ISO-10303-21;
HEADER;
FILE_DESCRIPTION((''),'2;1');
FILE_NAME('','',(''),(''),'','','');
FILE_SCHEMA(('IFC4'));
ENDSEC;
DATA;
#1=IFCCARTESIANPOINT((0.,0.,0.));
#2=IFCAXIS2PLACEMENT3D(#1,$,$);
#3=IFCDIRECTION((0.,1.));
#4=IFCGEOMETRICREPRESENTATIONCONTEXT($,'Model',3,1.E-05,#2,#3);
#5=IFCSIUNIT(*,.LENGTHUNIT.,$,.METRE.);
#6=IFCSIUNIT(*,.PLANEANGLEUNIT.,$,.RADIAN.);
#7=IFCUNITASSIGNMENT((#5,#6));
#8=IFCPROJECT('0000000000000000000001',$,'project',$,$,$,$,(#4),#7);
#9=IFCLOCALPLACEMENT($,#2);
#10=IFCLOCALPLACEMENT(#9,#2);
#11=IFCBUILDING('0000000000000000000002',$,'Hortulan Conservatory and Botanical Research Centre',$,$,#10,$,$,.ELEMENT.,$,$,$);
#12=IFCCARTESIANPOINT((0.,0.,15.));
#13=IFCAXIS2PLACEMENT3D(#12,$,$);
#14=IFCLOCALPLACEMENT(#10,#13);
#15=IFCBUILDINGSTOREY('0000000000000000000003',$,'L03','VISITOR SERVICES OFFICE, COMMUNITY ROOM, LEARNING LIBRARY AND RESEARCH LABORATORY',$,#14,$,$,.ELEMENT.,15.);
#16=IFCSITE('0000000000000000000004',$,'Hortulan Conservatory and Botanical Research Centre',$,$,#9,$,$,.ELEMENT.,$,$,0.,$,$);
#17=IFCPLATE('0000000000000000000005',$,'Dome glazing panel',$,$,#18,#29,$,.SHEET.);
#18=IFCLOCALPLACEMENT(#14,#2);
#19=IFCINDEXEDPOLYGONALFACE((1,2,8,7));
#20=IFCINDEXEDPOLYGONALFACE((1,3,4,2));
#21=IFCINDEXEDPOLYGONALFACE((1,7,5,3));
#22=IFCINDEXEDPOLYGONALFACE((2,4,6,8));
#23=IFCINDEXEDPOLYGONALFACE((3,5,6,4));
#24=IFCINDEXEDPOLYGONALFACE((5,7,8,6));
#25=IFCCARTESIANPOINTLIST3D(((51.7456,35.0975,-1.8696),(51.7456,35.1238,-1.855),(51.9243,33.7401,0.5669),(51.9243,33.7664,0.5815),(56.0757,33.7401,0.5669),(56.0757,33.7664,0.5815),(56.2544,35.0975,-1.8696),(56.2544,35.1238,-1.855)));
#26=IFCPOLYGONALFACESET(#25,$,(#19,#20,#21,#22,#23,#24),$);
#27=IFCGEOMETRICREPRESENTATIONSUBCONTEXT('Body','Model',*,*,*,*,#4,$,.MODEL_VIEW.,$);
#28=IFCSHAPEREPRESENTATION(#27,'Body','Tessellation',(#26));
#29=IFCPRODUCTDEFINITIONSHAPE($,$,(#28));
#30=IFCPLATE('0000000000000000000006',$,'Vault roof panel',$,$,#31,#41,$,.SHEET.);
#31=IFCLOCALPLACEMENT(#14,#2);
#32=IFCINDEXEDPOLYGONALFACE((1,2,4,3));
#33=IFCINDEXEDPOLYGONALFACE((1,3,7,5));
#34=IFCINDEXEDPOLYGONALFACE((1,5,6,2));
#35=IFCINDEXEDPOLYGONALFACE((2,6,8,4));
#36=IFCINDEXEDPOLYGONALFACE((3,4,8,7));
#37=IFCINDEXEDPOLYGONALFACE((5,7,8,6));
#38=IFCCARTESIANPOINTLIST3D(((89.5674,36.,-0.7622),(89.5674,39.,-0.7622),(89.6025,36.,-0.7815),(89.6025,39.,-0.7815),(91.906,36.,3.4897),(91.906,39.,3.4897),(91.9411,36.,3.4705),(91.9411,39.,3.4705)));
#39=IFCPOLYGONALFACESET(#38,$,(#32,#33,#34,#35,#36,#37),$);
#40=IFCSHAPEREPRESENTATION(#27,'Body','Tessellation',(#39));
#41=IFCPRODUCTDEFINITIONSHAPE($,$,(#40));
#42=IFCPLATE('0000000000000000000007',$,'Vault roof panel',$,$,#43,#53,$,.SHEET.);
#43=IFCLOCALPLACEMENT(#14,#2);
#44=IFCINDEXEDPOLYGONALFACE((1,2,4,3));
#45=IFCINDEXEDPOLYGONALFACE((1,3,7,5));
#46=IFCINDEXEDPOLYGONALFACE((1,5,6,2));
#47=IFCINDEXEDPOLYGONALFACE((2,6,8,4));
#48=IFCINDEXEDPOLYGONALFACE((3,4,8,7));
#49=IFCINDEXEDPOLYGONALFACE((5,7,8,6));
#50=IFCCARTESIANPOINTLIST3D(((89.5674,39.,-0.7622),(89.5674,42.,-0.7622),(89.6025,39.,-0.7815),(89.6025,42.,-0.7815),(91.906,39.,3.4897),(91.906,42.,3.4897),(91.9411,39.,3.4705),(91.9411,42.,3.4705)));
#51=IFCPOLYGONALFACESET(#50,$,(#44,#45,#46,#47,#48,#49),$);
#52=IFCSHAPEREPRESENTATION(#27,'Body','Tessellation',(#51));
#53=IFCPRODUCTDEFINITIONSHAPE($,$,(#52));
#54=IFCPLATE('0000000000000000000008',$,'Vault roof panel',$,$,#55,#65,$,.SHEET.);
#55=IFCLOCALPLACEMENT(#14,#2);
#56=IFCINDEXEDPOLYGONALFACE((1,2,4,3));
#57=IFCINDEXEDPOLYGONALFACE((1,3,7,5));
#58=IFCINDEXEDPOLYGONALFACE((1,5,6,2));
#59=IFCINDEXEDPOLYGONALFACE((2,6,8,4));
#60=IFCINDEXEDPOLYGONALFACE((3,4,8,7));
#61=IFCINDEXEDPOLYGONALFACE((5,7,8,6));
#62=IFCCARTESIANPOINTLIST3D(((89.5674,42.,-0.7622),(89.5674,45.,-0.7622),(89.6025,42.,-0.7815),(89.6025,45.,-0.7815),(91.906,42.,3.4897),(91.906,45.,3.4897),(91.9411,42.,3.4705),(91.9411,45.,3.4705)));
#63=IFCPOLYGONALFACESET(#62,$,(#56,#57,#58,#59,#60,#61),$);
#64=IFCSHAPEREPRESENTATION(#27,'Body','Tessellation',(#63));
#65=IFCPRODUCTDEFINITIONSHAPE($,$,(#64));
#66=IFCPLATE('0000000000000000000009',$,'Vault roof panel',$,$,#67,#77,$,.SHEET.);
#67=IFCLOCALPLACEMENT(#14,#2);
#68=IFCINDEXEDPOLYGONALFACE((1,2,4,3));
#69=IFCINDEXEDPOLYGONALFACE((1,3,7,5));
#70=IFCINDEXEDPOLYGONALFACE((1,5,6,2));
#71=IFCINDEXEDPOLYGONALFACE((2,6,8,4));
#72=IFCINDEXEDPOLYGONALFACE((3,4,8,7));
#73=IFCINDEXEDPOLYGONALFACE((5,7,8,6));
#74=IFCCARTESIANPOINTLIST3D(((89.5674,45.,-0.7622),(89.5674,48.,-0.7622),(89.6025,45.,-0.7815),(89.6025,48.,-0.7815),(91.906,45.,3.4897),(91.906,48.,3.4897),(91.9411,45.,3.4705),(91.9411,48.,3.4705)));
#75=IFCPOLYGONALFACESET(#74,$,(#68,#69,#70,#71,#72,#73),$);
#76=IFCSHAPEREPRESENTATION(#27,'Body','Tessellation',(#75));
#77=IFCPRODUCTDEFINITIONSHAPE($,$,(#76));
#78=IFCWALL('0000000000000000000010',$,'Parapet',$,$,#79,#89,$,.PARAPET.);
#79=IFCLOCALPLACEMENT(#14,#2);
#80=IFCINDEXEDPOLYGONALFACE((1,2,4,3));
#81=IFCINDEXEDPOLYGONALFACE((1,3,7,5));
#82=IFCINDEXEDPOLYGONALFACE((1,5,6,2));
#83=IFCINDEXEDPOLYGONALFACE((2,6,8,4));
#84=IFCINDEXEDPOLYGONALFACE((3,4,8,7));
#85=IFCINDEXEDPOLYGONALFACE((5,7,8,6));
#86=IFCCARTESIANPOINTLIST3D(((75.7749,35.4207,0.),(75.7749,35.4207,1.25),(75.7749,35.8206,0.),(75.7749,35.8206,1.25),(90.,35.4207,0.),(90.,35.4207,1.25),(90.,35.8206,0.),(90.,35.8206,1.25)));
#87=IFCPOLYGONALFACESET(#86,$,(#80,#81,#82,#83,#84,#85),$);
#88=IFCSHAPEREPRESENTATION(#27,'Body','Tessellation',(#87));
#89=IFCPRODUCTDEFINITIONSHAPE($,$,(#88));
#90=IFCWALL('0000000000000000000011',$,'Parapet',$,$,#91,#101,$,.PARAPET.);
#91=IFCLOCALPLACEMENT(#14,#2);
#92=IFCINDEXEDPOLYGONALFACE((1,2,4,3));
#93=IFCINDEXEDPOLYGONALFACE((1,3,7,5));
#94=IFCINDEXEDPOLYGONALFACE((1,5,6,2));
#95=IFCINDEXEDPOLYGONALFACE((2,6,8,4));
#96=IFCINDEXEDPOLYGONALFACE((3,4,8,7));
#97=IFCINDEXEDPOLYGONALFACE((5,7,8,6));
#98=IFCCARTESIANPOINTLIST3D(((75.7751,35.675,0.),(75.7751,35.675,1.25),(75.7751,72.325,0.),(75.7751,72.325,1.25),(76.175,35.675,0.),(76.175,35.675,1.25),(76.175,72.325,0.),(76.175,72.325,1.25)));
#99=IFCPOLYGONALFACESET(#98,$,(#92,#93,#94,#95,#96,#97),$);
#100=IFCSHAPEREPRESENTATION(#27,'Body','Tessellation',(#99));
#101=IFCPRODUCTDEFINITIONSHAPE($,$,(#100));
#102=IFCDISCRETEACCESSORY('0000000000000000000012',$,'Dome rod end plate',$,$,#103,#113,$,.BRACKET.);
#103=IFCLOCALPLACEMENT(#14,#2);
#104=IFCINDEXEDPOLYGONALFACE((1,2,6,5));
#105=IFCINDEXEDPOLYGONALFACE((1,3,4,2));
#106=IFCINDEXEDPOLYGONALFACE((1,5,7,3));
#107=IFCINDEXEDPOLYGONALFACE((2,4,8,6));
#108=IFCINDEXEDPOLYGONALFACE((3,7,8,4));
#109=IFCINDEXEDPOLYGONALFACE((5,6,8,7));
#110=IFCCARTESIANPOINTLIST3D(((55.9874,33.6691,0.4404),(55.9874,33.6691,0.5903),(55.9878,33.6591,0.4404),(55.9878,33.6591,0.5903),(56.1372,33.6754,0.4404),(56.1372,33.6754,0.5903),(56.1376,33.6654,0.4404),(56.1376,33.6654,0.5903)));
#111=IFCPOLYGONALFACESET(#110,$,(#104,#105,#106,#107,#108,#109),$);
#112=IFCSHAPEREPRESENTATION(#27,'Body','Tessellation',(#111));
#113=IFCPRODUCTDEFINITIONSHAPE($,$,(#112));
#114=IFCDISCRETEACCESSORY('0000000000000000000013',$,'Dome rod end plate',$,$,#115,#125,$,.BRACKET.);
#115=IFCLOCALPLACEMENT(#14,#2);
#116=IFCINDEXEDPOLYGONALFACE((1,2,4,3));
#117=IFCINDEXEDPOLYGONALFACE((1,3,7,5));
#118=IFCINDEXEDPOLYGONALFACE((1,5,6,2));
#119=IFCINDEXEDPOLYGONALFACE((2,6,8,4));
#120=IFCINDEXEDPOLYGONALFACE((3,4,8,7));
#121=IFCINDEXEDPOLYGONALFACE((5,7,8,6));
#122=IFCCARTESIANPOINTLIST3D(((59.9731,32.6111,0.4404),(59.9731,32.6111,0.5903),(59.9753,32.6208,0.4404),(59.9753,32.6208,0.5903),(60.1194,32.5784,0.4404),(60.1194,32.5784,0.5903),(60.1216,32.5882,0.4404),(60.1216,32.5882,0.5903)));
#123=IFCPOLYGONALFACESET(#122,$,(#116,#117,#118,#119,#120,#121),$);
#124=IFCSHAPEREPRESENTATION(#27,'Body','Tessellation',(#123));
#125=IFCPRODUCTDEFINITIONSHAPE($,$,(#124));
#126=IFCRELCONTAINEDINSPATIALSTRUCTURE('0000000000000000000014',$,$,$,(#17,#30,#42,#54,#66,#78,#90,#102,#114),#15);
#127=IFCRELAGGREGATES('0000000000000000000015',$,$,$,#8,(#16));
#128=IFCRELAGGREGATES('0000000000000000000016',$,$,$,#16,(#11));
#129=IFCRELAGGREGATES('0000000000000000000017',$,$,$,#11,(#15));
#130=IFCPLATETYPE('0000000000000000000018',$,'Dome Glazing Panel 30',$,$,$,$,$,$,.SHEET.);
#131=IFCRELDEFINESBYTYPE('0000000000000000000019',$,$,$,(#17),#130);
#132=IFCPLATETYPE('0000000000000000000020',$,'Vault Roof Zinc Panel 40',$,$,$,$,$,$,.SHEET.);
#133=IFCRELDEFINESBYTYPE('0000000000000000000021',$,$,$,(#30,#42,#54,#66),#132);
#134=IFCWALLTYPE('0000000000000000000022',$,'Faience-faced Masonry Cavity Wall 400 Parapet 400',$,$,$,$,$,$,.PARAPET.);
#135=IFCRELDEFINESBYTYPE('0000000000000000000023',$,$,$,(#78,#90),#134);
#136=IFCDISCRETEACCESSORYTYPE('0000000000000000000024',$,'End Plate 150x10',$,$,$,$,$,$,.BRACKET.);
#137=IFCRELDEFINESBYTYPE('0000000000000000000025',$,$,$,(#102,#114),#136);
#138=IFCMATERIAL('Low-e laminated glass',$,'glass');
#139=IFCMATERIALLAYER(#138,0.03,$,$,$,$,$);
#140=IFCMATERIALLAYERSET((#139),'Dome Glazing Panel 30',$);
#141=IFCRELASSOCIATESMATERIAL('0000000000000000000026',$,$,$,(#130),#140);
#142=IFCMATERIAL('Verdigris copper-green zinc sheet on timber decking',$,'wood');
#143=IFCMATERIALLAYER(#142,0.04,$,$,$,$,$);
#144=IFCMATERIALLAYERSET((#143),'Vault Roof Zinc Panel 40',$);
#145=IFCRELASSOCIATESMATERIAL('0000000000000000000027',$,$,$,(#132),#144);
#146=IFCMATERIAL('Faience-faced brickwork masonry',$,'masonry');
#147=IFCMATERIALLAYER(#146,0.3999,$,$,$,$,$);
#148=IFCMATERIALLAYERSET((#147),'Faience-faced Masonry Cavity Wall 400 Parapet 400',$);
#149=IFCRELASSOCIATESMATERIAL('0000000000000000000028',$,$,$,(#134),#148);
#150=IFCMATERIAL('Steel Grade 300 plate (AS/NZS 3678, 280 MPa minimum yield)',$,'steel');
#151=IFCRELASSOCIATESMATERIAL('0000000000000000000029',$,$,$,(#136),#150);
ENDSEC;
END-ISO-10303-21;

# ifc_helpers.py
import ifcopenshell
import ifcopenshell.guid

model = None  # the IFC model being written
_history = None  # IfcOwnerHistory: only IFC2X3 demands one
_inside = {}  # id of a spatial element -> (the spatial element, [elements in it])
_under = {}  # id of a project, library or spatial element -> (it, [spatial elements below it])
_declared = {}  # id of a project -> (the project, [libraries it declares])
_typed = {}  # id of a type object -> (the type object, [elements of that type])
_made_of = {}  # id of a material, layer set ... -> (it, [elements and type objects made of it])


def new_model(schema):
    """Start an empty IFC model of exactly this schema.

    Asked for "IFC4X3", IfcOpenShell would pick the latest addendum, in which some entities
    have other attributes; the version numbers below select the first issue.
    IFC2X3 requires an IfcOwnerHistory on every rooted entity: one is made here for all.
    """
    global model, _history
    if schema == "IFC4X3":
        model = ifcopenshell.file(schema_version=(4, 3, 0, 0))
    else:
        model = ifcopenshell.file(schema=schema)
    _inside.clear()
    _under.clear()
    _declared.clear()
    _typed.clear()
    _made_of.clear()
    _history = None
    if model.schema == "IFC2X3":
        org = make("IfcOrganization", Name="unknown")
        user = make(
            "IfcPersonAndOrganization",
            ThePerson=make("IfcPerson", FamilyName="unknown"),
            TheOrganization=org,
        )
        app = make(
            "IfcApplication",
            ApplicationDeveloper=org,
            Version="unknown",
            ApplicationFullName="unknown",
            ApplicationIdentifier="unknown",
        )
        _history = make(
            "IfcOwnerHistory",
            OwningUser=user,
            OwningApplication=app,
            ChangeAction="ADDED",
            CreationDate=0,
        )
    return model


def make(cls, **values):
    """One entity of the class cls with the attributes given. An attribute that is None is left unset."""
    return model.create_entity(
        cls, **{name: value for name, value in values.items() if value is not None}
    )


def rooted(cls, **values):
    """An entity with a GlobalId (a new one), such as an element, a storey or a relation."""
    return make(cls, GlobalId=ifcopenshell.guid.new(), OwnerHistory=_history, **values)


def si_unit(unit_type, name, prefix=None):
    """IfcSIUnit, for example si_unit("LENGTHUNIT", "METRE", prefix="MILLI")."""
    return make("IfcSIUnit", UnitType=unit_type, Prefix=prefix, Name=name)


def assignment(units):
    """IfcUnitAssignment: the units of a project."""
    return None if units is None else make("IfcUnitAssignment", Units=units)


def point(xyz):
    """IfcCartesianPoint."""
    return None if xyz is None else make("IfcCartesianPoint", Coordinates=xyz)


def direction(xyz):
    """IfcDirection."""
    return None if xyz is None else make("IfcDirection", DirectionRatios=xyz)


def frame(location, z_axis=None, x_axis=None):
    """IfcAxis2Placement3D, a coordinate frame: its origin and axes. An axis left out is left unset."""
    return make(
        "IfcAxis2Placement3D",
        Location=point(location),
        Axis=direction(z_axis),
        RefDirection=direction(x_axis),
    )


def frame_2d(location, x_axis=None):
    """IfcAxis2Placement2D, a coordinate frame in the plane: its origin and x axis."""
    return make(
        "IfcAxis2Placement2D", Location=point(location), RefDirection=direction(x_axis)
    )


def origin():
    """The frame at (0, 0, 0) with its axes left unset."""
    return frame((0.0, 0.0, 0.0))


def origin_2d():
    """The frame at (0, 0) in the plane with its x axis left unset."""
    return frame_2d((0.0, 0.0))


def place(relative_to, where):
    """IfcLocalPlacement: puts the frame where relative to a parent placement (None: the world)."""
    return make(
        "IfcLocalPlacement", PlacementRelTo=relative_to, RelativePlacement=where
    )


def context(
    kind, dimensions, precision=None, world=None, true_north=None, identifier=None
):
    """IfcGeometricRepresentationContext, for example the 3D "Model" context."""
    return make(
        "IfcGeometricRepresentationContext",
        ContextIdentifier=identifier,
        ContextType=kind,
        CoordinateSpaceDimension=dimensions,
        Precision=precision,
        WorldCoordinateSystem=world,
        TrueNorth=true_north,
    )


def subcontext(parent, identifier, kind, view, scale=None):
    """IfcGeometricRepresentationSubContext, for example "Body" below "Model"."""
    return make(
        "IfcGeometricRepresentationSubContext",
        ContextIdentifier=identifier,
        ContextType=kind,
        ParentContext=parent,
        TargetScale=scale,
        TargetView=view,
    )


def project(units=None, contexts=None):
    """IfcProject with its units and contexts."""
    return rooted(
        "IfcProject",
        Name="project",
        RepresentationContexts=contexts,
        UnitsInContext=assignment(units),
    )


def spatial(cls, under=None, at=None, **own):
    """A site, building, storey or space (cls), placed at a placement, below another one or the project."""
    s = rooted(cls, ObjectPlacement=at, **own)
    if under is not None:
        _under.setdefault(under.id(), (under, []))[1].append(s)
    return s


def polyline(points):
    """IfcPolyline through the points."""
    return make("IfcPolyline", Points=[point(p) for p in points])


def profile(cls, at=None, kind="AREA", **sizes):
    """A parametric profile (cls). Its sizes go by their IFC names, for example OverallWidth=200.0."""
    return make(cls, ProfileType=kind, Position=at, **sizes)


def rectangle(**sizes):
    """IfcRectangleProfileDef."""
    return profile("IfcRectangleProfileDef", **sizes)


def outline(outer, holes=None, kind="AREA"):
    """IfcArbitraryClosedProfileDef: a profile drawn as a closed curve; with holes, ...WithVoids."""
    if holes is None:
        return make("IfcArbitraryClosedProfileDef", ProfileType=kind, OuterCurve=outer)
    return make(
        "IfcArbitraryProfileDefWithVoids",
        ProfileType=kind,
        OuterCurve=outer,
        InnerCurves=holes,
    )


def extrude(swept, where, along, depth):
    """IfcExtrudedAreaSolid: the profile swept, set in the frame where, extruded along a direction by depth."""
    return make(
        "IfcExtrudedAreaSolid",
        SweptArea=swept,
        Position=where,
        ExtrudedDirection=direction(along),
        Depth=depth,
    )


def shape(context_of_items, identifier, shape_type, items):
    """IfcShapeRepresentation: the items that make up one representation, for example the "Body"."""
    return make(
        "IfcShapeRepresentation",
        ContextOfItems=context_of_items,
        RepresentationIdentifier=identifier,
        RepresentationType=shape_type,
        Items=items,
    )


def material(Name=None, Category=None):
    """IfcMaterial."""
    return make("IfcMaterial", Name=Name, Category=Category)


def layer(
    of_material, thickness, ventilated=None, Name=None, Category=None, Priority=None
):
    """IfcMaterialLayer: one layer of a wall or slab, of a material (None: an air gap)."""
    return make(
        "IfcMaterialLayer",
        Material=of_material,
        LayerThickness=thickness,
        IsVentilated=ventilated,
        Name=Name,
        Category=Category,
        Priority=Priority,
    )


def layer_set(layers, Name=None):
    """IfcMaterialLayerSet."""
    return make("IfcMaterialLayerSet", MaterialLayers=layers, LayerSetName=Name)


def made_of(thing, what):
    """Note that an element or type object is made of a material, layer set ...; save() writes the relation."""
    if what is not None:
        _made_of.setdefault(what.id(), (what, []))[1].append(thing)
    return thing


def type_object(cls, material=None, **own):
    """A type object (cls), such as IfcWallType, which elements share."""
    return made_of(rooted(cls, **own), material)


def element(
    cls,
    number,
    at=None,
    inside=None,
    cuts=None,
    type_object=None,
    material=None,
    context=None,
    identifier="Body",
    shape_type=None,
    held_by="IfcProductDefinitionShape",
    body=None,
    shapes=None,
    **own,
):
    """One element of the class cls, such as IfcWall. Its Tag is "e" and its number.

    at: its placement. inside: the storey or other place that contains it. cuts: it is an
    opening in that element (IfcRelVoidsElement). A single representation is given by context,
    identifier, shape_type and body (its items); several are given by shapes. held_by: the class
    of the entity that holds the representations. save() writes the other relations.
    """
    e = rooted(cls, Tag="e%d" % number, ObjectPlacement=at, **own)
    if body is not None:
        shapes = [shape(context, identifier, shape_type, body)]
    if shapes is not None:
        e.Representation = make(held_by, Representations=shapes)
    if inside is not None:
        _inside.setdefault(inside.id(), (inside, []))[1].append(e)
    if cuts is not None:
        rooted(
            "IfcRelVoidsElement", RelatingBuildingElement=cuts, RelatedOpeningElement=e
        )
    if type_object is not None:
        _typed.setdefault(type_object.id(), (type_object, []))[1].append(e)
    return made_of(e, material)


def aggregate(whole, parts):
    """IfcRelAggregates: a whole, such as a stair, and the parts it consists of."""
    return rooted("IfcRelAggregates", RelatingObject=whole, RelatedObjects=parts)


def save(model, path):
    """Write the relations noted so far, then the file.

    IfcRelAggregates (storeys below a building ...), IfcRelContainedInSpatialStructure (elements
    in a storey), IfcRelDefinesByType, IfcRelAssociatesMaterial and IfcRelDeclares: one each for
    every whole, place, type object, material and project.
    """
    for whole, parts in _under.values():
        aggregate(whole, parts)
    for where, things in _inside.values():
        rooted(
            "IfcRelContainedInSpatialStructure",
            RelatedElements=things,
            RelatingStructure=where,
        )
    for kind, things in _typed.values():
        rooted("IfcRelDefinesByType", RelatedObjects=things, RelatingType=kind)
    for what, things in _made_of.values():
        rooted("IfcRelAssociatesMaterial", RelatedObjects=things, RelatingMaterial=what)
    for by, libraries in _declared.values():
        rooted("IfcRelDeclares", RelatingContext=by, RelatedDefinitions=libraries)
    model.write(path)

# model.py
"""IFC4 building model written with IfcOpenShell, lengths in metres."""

from ifc_helpers import new_model, si_unit, direction, frame, frame_2d, origin, origin_2d, place, context, subcontext, project, spatial, polyline, rectangle, outline, extrude, material, layer, layer_set, type_object, element, save


model = new_model("IFC4")

# Units and contexts
model_context = context("Model", 3, precision=1e-05, world=origin(), true_north=direction((0.0, 1.0)))
body_context = subcontext(model_context, "Body", "Model", "MODEL_VIEW")
ifc_project = project(units=[si_unit("LENGTHUNIT", "METRE"), si_unit("PLANEANGLEUNIT", "RADIAN")], contexts=[model_context])

# Site, building, storey
site_placement = place(None, origin())
site = spatial("IfcSite", under=ifc_project, at=site_placement, Name="Hortulan Conservatory and Botanical Research Centre", CompositionType="ELEMENT", RefElevation=0.0)
building_placement = place(site_placement, origin())
building = spatial("IfcBuilding", under=site, at=building_placement, Name="Hortulan Conservatory and Botanical Research Centre", CompositionType="ELEMENT")
storey_placement = place(building_placement, frame((0.0, 0.0, 15.0)))
storey = spatial("IfcBuildingStorey", under=building, at=storey_placement, Name="L03", Description="VISITOR SERVICES OFFICE, COMMUNITY ROOM, LEARNING LIBRARY AND RESEARCH LABORATORY", CompositionType="ELEMENT", Elevation=15.0)

# Plates
ifc_material_1 = material(Name="Low-e laminated glass", Category="glass")
ifc_layer_1 = layer(ifc_material_1, 0.03)
ifc_layer_set_1 = layer_set([ifc_layer_1], Name="Dome Glazing Panel 30")
plate_type_1 = type_object("IfcPlateType", Name="Dome Glazing Panel 30", PredefinedType="SHEET", material=ifc_layer_set_1)
plate_1_placement = place(storey_placement, frame((56.2544, 35.1238, -1.855), z_axis=(0.0, 0.873579, 0.486683), x_axis=(-1.0, 0.0, 0.0)))
element("IfcPlate", 1, at=plate_1_placement, inside=storey, type_object=plate_type_1, Name="Dome glazing panel", PredefinedType="SHEET", context=body_context, shape_type="SweptSolid", body=[
    extrude(outline(polyline([(0.0, 0.0), (4.5088, 0.0), (4.3301, 2.7891), (0.1787, 2.7891), (0.0, 0.0)])), origin(), (0.0, 0.0, -1.0), 0.03),
])
ifc_material_2 = material(Name="Verdigris copper-green zinc sheet on timber decking", Category="wood")
ifc_layer_2 = layer(ifc_material_2, 0.04)
ifc_layer_set_2 = layer_set([ifc_layer_2], Name="Vault Roof Zinc Panel 40")
plate_type_2 = type_object("IfcPlateType", Name="Vault Roof Zinc Panel 40", PredefinedType="SHEET", material=ifc_layer_set_2)
for number, where, z_axis, x_axis, name in (
    (2, (89.5674, 36.0, -0.7622), (-0.876212, 0.0, 0.481926), (0.481926, 0.0, 0.876212), "Vault roof panel"),
    (3, (89.5674, 39.0, -0.7622), (-0.876212, 0.0, 0.481926), (0.481926, 0.0, 0.876212), "Vault roof panel"),
    (4, (89.5674, 42.0, -0.7622), (-0.876212, 0.0, 0.481926), (0.481926, 0.0, 0.876212), "Vault roof panel"),
    (5, (89.5674, 45.0, -0.7622), (-0.876212, 0.0, 0.481926), (0.481926, 0.0, 0.876212), "Vault roof panel"),
):
    element("IfcPlate", number, at=place(storey_placement, frame(where, z_axis=z_axis, x_axis=x_axis)), inside=storey, type_object=plate_type_2, Name=name, PredefinedType="SHEET", context=body_context, shape_type="SweptSolid", body=[
        extrude(outline(polyline([(0.0, 0.0), (4.8527, 0.0), (4.8527, 3.0), (0.0, 3.0), (0.0, 0.0)])), origin(), (0.0, 0.0, -1.0), 0.04),
    ])

# Walls
ifc_material_3 = material(Name="Faience-faced brickwork masonry", Category="masonry")
ifc_layer_3 = layer(ifc_material_3, 0.3999)
ifc_layer_set_3 = layer_set([ifc_layer_3], Name="Faience-faced Masonry Cavity Wall 400 Parapet 400")
wall_type = type_object("IfcWallType", Name="Faience-faced Masonry Cavity Wall 400 Parapet 400", PredefinedType="PARAPET", material=ifc_layer_set_3)
wall_1_placement = place(storey_placement, frame((90.0, 35.6206, 0.0), z_axis=(0.0, 0.0, 1.0), x_axis=(-1.0, 0.0, 0.0)))
element("IfcWall", 6, at=wall_1_placement, inside=storey, type_object=wall_type, Name="Parapet", PredefinedType="PARAPET", context=body_context, shape_type="SweptSolid", body=[
    extrude(rectangle(XDim=14.2251, YDim=0.3999, at=frame_2d((7.1125, 0.0))), origin(), (0.0, 0.0, 1.0), 1.25),
])
wall_2_placement = place(storey_placement, frame((75.9751, 35.675, 0.0), z_axis=(0.0, 0.0, 1.0), x_axis=(0.0, 1.0, 0.0)))
element("IfcWall", 7, at=wall_2_placement, inside=storey, type_object=wall_type, Name="Parapet", PredefinedType="PARAPET", context=body_context, shape_type="SweptSolid", body=[
    extrude(rectangle(XDim=36.6499, YDim=0.3999, at=frame_2d((18.325, 0.0))), origin(), (0.0, 0.0, 1.0), 1.25),
])

# Discrete accessories
ifc_material_4 = material(Name="Steel Grade 300 plate (AS/NZS 3678, 280 MPa minimum yield)", Category="steel")
discrete_accessory_type = type_object("IfcDiscreteAccessoryType", Name="End Plate 150x10", PredefinedType="BRACKET", material=ifc_material_4)
for number, where, z_axis, x_axis, name in (
    (8, (56.0625, 33.6672, 0.4404), (0.0, 0.0, 1.0), (0.999118, 0.04198, 0.0), "Dome rod end plate"),
    (9, (60.0474, 32.5996, 0.4404), (0.0, 0.0, 1.0), (0.97594, -0.218041, 0.0), "Dome rod end plate"),
):
    element("IfcDiscreteAccessory", number, at=place(storey_placement, frame(where, z_axis=z_axis, x_axis=x_axis)), inside=storey, type_object=discrete_accessory_type, Name=name, PredefinedType="BRACKET", context=body_context, shape_type="SweptSolid", body=[
        extrude(rectangle(XDim=0.1499, YDim=0.01, at=origin_2d()), origin(), (0.0, 0.0, 1.0), 0.1499),
    ])

save(model, "model.ifc")
